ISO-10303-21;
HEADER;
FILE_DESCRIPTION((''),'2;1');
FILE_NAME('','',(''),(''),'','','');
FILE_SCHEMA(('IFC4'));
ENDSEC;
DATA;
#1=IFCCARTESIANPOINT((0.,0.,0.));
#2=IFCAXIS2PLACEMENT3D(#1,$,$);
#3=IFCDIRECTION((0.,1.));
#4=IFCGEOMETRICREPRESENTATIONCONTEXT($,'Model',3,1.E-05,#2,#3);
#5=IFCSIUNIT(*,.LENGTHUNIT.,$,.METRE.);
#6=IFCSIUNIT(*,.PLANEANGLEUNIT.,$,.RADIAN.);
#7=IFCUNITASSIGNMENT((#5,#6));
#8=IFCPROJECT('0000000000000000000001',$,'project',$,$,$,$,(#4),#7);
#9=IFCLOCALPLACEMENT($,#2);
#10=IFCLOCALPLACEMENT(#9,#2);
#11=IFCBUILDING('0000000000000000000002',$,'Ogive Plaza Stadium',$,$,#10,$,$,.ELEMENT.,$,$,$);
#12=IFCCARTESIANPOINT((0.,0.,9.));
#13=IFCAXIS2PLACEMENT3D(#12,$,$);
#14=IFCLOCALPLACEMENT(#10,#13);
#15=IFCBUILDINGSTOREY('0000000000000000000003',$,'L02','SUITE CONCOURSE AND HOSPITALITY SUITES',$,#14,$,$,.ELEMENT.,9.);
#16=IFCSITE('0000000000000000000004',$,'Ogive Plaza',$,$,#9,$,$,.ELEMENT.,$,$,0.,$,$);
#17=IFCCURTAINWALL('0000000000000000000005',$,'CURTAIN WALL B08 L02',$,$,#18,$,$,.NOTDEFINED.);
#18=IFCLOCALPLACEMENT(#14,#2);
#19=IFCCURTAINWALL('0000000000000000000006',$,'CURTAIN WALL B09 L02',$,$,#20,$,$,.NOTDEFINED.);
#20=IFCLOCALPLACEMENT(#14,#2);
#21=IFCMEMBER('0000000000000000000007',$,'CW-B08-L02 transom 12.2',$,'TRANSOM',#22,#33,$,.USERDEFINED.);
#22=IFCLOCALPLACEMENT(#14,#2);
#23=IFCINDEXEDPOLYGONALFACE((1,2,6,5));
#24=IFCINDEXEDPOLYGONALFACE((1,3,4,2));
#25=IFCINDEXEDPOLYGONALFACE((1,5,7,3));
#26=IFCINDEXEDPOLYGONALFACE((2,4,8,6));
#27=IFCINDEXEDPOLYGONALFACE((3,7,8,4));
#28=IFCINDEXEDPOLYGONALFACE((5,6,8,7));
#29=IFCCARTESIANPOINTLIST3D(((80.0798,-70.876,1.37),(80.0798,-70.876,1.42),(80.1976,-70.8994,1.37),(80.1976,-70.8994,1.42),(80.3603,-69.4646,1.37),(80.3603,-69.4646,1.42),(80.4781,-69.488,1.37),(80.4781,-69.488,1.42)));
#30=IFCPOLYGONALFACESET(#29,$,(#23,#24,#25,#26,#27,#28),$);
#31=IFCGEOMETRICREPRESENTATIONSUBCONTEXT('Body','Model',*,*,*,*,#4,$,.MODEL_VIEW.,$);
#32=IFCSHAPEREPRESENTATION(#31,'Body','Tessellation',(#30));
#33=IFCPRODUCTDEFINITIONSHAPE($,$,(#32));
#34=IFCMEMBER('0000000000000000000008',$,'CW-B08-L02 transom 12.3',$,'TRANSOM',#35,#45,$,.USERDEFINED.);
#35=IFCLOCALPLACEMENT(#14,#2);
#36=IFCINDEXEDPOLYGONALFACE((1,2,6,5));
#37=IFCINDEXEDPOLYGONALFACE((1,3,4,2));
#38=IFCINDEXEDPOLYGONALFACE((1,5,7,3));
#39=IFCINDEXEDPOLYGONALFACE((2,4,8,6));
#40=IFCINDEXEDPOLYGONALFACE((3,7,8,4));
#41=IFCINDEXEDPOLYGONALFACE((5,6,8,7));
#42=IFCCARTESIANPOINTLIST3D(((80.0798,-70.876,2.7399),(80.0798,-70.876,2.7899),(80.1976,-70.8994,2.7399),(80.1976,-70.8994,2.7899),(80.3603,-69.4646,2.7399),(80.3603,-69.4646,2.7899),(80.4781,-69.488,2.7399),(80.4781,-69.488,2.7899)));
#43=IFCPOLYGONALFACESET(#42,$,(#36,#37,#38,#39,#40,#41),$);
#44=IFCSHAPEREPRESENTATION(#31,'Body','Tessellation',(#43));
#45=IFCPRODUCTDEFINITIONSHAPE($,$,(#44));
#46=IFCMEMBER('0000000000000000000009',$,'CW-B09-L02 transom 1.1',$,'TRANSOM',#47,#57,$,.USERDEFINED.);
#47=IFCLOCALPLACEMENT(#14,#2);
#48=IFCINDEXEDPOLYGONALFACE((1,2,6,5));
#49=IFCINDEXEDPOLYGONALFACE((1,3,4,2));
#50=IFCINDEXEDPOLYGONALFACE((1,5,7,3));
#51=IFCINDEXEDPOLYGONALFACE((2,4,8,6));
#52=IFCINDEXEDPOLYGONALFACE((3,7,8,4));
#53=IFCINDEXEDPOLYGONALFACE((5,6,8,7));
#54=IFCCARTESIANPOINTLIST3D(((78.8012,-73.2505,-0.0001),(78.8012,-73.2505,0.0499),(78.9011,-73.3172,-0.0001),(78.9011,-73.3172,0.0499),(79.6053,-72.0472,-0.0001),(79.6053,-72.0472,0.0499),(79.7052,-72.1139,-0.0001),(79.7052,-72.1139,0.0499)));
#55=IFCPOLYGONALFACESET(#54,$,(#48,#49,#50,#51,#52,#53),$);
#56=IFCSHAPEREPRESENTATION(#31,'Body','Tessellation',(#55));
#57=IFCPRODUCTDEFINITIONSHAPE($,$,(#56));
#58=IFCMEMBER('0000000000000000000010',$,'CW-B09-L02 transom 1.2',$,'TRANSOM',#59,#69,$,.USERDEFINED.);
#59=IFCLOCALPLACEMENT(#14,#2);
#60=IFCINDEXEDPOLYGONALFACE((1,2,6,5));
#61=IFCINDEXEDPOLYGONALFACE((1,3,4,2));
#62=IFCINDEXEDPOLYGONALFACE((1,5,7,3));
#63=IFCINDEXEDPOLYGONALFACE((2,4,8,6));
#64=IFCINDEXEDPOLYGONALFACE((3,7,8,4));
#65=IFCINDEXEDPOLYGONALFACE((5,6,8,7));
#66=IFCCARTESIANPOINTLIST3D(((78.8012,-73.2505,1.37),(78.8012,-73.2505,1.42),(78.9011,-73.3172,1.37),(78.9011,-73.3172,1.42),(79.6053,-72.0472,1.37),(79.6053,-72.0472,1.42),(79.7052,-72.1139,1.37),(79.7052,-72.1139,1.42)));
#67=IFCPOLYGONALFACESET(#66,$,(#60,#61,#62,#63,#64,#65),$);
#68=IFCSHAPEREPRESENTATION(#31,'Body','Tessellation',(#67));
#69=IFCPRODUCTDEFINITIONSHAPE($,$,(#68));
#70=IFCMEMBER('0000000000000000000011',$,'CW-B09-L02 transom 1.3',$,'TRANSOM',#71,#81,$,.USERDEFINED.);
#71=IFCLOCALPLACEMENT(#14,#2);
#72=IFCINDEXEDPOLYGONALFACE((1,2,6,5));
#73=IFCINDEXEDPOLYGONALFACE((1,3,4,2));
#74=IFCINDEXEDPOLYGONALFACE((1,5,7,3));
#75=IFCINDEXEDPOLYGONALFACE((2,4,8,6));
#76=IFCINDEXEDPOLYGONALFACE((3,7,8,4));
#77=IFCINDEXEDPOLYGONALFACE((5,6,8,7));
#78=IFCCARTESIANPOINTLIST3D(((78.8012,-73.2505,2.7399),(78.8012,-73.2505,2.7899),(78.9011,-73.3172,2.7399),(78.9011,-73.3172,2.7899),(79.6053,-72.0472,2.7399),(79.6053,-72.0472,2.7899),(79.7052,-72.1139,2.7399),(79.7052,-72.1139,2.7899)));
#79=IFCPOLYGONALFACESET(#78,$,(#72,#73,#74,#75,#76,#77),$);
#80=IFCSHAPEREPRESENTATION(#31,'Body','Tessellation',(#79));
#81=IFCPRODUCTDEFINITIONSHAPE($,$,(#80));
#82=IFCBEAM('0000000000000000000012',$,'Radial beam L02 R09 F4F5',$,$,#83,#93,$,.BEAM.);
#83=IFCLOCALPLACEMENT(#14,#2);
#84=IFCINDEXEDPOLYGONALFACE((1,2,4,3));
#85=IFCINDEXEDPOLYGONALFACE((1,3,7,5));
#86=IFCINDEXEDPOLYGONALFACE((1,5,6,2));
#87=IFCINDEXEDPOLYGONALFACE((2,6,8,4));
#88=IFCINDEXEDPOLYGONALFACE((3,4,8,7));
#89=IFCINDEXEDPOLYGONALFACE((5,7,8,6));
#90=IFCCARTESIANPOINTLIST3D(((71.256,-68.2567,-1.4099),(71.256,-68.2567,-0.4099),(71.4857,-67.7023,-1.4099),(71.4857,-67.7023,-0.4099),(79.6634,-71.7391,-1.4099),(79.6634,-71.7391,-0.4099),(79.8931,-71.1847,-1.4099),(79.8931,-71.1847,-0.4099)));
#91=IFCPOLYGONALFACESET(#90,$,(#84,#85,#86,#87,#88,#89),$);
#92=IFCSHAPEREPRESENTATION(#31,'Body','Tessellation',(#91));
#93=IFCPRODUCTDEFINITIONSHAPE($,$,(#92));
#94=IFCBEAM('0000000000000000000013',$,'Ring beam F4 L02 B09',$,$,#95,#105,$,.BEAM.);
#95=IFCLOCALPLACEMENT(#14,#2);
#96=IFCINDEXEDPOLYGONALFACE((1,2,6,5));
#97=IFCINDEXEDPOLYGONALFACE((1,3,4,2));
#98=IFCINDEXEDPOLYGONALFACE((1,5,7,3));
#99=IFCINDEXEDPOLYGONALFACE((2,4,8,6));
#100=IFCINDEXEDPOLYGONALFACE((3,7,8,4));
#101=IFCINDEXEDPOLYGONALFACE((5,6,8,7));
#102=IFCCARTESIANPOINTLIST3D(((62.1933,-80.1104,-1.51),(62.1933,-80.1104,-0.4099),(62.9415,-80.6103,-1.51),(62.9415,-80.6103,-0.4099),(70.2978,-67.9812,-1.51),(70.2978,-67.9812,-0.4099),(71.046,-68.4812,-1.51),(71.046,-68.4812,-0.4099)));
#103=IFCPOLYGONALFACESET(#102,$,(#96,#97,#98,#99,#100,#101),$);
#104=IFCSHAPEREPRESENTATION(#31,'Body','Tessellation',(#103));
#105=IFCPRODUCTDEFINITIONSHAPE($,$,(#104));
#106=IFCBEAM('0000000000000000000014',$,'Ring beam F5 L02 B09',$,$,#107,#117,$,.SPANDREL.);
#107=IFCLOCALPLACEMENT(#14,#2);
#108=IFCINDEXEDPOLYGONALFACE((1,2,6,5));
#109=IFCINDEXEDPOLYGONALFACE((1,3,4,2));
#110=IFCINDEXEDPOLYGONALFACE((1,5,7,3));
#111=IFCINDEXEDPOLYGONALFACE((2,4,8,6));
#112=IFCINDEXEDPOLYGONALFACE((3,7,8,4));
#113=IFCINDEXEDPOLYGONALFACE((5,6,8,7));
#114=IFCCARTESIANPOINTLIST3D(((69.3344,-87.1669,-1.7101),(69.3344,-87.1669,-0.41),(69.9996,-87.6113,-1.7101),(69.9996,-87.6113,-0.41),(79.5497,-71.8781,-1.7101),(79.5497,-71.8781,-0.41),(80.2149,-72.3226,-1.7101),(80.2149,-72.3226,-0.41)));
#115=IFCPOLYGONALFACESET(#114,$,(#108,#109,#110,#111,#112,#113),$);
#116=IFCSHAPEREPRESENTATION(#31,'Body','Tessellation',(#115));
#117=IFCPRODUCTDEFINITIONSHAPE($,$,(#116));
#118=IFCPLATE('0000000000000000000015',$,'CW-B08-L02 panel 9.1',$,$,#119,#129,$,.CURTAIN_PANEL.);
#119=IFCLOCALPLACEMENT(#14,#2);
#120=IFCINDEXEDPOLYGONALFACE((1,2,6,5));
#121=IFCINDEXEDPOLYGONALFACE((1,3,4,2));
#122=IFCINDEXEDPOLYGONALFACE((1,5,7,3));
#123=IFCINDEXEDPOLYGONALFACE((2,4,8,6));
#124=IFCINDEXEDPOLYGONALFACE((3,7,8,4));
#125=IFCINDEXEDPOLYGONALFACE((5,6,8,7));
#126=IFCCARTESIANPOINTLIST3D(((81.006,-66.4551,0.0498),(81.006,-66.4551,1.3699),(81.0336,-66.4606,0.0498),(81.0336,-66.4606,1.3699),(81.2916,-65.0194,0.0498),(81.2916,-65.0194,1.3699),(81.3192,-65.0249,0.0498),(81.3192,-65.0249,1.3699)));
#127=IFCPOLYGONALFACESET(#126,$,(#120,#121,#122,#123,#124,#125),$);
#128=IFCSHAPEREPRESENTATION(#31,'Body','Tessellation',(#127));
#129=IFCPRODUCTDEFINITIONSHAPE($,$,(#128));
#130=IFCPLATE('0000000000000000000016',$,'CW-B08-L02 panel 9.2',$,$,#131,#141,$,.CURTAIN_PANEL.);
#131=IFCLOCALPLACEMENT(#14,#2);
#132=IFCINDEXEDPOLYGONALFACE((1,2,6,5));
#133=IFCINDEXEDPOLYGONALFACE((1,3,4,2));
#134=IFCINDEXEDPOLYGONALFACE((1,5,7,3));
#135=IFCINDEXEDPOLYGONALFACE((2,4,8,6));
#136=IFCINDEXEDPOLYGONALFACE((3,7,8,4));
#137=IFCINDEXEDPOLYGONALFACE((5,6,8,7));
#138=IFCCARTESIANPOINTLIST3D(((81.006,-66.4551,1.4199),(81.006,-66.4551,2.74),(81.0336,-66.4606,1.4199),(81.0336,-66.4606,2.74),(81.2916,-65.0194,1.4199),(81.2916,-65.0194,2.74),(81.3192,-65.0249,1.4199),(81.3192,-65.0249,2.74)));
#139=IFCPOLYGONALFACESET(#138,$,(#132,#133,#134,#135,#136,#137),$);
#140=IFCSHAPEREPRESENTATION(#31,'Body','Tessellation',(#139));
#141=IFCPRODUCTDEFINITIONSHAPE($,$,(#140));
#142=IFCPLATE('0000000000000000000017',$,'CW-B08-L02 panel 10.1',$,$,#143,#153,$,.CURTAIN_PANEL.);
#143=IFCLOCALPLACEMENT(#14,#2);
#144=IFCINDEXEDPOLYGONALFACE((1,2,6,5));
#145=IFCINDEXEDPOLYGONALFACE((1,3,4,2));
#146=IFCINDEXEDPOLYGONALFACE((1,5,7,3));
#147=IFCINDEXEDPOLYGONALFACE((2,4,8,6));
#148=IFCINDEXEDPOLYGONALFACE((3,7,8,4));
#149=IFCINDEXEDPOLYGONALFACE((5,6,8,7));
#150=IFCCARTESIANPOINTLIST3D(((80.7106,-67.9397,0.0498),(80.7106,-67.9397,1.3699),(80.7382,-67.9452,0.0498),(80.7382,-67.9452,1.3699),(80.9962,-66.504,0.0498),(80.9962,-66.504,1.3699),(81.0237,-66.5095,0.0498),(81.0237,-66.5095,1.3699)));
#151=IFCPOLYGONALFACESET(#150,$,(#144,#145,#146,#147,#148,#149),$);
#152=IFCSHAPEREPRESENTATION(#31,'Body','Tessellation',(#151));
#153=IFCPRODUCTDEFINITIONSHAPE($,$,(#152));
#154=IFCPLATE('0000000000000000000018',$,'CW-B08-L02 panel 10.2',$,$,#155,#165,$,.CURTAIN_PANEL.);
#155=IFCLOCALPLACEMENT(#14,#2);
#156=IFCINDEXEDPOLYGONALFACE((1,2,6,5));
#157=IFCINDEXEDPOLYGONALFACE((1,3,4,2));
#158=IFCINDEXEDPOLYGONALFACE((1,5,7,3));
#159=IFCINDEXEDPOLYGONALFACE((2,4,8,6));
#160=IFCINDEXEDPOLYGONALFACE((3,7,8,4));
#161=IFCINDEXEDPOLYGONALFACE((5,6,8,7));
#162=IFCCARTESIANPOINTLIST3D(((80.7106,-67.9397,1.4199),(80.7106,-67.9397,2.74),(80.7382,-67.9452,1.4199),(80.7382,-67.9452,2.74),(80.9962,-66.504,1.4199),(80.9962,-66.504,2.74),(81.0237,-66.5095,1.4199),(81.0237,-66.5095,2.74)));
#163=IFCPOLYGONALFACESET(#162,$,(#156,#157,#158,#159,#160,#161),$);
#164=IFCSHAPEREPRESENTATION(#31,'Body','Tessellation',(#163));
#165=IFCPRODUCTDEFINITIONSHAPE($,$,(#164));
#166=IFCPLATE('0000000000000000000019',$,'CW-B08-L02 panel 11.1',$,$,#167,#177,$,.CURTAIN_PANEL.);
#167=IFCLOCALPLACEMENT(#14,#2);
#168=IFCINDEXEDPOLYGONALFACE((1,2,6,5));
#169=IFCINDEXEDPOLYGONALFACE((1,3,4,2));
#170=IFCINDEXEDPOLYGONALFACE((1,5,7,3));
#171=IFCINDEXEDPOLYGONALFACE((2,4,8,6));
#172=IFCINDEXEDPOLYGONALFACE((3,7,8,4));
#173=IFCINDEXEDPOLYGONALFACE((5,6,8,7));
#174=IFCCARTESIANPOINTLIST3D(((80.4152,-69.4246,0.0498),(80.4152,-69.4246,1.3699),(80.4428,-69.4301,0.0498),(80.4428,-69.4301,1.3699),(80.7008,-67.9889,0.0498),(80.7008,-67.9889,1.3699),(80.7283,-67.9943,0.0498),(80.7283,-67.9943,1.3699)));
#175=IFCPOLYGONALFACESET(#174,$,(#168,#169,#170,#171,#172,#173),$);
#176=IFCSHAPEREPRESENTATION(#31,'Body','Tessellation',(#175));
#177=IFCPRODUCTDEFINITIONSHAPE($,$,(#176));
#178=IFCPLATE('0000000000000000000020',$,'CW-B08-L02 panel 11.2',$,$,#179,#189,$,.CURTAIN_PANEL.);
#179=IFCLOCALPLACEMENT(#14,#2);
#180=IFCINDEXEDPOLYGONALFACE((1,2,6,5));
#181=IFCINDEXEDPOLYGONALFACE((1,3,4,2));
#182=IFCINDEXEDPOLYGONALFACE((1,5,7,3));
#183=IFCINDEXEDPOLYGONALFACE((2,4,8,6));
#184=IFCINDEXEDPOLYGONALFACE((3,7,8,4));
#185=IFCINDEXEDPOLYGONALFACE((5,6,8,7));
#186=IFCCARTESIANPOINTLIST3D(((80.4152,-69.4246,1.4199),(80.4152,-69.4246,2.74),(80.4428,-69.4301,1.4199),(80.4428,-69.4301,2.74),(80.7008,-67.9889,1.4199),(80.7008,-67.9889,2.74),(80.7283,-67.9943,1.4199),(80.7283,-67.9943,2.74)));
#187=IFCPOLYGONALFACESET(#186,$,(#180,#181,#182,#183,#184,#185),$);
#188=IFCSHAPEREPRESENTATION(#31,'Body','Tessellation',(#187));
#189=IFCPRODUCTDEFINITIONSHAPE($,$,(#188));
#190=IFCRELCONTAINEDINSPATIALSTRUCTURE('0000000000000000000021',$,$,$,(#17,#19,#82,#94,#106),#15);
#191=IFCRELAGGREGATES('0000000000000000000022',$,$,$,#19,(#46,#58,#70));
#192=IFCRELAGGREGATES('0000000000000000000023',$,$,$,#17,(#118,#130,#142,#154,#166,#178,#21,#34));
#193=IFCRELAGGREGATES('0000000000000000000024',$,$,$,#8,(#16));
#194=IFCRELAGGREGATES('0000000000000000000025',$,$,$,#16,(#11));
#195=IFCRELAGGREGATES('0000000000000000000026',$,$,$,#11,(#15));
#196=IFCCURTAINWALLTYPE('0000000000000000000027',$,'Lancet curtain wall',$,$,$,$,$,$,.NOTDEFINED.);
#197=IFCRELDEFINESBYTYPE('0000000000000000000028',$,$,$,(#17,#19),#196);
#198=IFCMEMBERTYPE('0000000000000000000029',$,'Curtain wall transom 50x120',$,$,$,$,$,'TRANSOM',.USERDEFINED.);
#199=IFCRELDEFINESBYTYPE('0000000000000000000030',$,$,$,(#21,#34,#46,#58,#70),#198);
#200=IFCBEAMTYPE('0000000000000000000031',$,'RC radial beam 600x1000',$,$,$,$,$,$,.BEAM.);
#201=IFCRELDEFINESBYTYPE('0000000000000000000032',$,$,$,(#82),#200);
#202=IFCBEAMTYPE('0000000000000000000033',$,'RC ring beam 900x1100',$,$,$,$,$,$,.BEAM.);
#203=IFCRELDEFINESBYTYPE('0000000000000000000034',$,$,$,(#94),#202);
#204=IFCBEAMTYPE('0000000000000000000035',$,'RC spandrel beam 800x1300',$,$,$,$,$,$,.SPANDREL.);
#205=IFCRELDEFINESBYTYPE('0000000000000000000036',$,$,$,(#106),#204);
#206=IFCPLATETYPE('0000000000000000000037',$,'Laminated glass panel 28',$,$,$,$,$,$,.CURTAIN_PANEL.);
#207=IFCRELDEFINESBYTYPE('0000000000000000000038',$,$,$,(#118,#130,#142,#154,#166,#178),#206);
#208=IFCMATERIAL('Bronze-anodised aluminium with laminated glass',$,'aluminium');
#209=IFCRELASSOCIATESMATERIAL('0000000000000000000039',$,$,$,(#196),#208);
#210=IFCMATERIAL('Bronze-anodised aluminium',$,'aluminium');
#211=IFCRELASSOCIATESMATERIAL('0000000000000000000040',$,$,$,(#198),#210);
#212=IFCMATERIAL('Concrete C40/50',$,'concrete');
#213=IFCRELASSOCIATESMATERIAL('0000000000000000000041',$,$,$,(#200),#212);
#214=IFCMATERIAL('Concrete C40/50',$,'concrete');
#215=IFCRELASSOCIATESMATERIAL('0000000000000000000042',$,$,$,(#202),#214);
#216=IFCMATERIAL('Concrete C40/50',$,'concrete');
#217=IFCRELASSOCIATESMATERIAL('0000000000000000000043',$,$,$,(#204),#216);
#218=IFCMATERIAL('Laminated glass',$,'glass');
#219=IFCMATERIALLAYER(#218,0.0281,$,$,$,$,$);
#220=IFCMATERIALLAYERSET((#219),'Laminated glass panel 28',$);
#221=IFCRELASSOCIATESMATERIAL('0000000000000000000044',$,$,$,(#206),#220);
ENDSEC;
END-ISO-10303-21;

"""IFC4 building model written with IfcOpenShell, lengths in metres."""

from ifc_helpers import new_model, si_unit, direction, frame, origin, origin_2d, place, context, subcontext, project, spatial, rectangle, extrude, material, layer, layer_set, material_profile, profile_set, type_object, element, aggregate, save


model = new_model("IFC4")

# Units and contexts
model_context = context("Model", 3, precision=1e-05, world=origin(), true_north=direction((0.0, 1.0)))
body_context = subcontext(model_context, "Body", "Model", "MODEL_VIEW")
ifc_project = project(units=[si_unit("LENGTHUNIT", "METRE"), si_unit("PLANEANGLEUNIT", "RADIAN")], contexts=[model_context])

# Site, building, storey
site_placement = place(None, origin())
site = spatial("IfcSite", under=ifc_project, at=site_placement, Name="Ogive Plaza", CompositionType="ELEMENT", RefElevation=0.0)
building_placement = place(site_placement, origin())
building = spatial("IfcBuilding", under=site, at=building_placement, Name="Ogive Plaza Stadium", CompositionType="ELEMENT")
storey_placement = place(building_placement, frame((0.0, 0.0, 9.0)))
storey = spatial("IfcBuildingStorey", under=building, at=storey_placement, Name="L02", Description="SUITE CONCOURSE AND HOSPITALITY SUITES", CompositionType="ELEMENT", Elevation=9.0)

# Curtain wall
ifc_material_1 = material(Name="Bronze-anodised aluminium with laminated glass", Category="aluminium")
curtain_wall_type = type_object("IfcCurtainWallType", Name="Lancet curtain wall", PredefinedType="NOTDEFINED", material=ifc_material_1)
curtain_wall_1_placement = place(storey_placement, origin())
curtain_wall_1 = element("IfcCurtainWall", 1, at=curtain_wall_1_placement, inside=storey, type_object=curtain_wall_type, Name="CURTAIN WALL B08 L02", PredefinedType="NOTDEFINED")

# Curtain wall
curtain_wall_2_placement = place(storey_placement, origin())
curtain_wall_2 = element("IfcCurtainWall", 2, at=curtain_wall_2_placement, inside=storey, type_object=curtain_wall_type, Name="CURTAIN WALL B09 L02", PredefinedType="NOTDEFINED")

# Members
ifc_material_2 = material(Name="Bronze-anodised aluminium", Category="aluminium")
ifc_material_profile_1 = material_profile(ifc_material_2, rectangle(XDim=0.1201, YDim=0.05, at=origin_2d()), Name="AL 120x50")
ifc_profile_set_1 = profile_set([ifc_material_profile_1], Name="Bronze-anodised aluminium")
member_type_1 = type_object("IfcMemberType", Name="Curtain wall transom 50x120", ElementType="TRANSOM", PredefinedType="USERDEFINED", material=ifc_profile_set_1)
member_1_placement = place(storey_placement, frame((80.4192, -69.4763, 1.395), z_axis=(-0.194941, -0.980815, 0.0), x_axis=(0.980815, -0.194941, 0.0)))
member_1 = element("IfcMember", 3, at=member_1_placement, type_object=member_type_1, Name="CW-B08-L02 transom 12.2", ObjectType="TRANSOM", PredefinedType="USERDEFINED", context=body_context, shape_type="SweptSolid", body=[
    extrude(rectangle(XDim=0.1201, YDim=0.05, at=origin_2d()), origin(), (0.0, 0.0, 1.0), 1.439),
])
member_2_placement = place(storey_placement, frame((80.4192, -69.4763, 2.7649), z_axis=(-0.194941, -0.980815, 0.0), x_axis=(0.980815, -0.194941, 0.0)))
member_2 = element("IfcMember", 4, at=member_2_placement, type_object=member_type_1, Name="CW-B08-L02 transom 12.3", ObjectType="TRANSOM", PredefinedType="USERDEFINED", context=body_context, shape_type="SweptSolid", body=[
    extrude(rectangle(XDim=0.1201, YDim=0.05, at=origin_2d()), origin(), (0.0, 0.0, 1.0), 1.439),
])
member_3_placement = place(storey_placement, frame((79.6553, -72.0806, 0.0249), z_axis=(-0.555634, -0.831427, 0.0), x_axis=(0.831427, -0.555634, 0.0)))
member_3 = element("IfcMember", 5, at=member_3_placement, type_object=member_type_1, Name="CW-B09-L02 transom 1.1", ObjectType="TRANSOM", PredefinedType="USERDEFINED", context=body_context, shape_type="SweptSolid", body=[
    extrude(rectangle(XDim=0.1201, YDim=0.05, at=origin_2d()), origin(), (0.0, 0.0, 1.0), 1.4473),
])
member_4_placement = place(storey_placement, frame((79.6553, -72.0806, 1.395), z_axis=(-0.555634, -0.831427, 0.0), x_axis=(0.831427, -0.555634, 0.0)))
member_4 = element("IfcMember", 6, at=member_4_placement, type_object=member_type_1, Name="CW-B09-L02 transom 1.2", ObjectType="TRANSOM", PredefinedType="USERDEFINED", context=body_context, shape_type="SweptSolid", body=[
    extrude(rectangle(XDim=0.1201, YDim=0.05, at=origin_2d()), origin(), (0.0, 0.0, 1.0), 1.4473),
])
member_5_placement = place(storey_placement, frame((79.6553, -72.0806, 2.7649), z_axis=(-0.555634, -0.831427, 0.0), x_axis=(0.831427, -0.555634, 0.0)))
member_5 = element("IfcMember", 7, at=member_5_placement, type_object=member_type_1, Name="CW-B09-L02 transom 1.3", ObjectType="TRANSOM", PredefinedType="USERDEFINED", context=body_context, shape_type="SweptSolid", body=[
    extrude(rectangle(XDim=0.1201, YDim=0.05, at=origin_2d()), origin(), (0.0, 0.0, 1.0), 1.4473),
])
aggregate(curtain_wall_2, [member_3, member_4, member_5])

# Beams
ifc_material_3 = material(Name="Concrete C40/50", Category="concrete")
ifc_material_profile_2 = material_profile(ifc_material_3, rectangle(XDim=0.6001, YDim=1.0, at=origin_2d()), Name="RC 600x1000")
ifc_profile_set_2 = profile_set([ifc_material_profile_2], Name="Concrete C40/50")
beam_type_1 = type_object("IfcBeamType", Name="RC radial beam 600x1000", PredefinedType="BEAM", material=ifc_profile_set_2)
beam_1_placement = place(storey_placement, frame((71.3708, -67.9795, -0.9099), z_axis=(0.923882, -0.382677, 0.0), x_axis=(0.382677, 0.923882, 0.0)))
element("IfcBeam", 8, at=beam_1_placement, inside=storey, type_object=beam_type_1, Name="Radial beam L02 R09 F4F5", PredefinedType="BEAM", context=body_context, shape_type="SweptSolid", body=[
    extrude(rectangle(XDim=0.6001, YDim=1.0, at=origin_2d()), origin(), (0.0, 0.0, 1.0), 9.1001),
])
ifc_material_4 = material(Name="Concrete C40/50", Category="concrete")
ifc_material_profile_3 = material_profile(ifc_material_4, rectangle(XDim=0.8999, YDim=1.1001, at=origin_2d()), Name="RC 900x1100")
ifc_profile_set_3 = profile_set([ifc_material_profile_3], Name="Concrete C40/50")
beam_type_2 = type_object("IfcBeamType", Name="RC ring beam 900x1100", PredefinedType="BEAM", material=ifc_profile_set_3)
beam_2_placement = place(storey_placement, frame((70.6719, -68.2312, -0.96), z_axis=(-0.555573, -0.831468, 0.0), x_axis=(0.831468, -0.555573, 0.0)))
element("IfcBeam", 9, at=beam_2_placement, inside=storey, type_object=beam_type_2, Name="Ring beam F4 L02 B09", PredefinedType="BEAM", context=body_context, shape_type="SweptSolid", body=[
    extrude(rectangle(XDim=0.8999, YDim=1.1001, at=origin_2d()), origin(), (0.0, 0.0, 1.0), 14.5876),
])
ifc_material_5 = material(Name="Concrete C40/50", Category="concrete")
ifc_material_profile_4 = material_profile(ifc_material_5, rectangle(XDim=0.8, YDim=1.3, at=origin_2d()), Name="RC 800x1300")
ifc_profile_set_4 = profile_set([ifc_material_profile_4], Name="Concrete C40/50")
beam_type_3 = type_object("IfcBeamType", Name="RC spandrel beam 800x1300", PredefinedType="SPANDREL", material=ifc_profile_set_4)
beam_3_placement = place(storey_placement, frame((79.8823, -72.1003, -1.0601), z_axis=(-0.555558, -0.831478, 0.0), x_axis=(0.831478, -0.555558, 0.0)))
element("IfcBeam", 10, at=beam_3_placement, inside=storey, type_object=beam_type_3, Name="Ring beam F5 L02 B09", PredefinedType="SPANDREL", context=body_context, shape_type="SweptSolid", body=[
    extrude(rectangle(XDim=0.8, YDim=1.3, at=origin_2d()), origin(), (0.0, 0.0, 1.0), 18.3875),
])

# Plates
ifc_material_6 = material(Name="Laminated glass", Category="glass")
ifc_layer = layer(ifc_material_6, 0.0281)
ifc_layer_set = layer_set([ifc_layer], Name="Laminated glass panel 28")
plate_type = type_object("IfcPlateType", Name="Laminated glass panel 28", PredefinedType="CURTAIN_PANEL", material=ifc_layer_set)
plate_1_placement = place(storey_placement, frame((81.1626, -65.74, 0.0498), z_axis=(0.0, 0.0, 1.0), x_axis=(-0.19509, -0.980785, 0.0)))
plate_1 = element("IfcPlate", 11, at=plate_1_placement, type_object=plate_type, Name="CW-B08-L02 panel 9.1", PredefinedType="CURTAIN_PANEL", context=body_context, shape_type="SweptSolid", body=[
    extrude(rectangle(XDim=1.4639, YDim=0.0281, at=origin_2d()), origin(), (0.0, 0.0, 1.0), 1.3201),
])
plate_2_placement = place(storey_placement, frame((81.1626, -65.74, 1.4199), z_axis=(0.0, 0.0, 1.0), x_axis=(-0.19509, -0.980785, 0.0)))
plate_2 = element("IfcPlate", 12, at=plate_2_placement, type_object=plate_type, Name="CW-B08-L02 panel 9.2", PredefinedType="CURTAIN_PANEL", context=body_context, shape_type="SweptSolid", body=[
    extrude(rectangle(XDim=1.4639, YDim=0.0281, at=origin_2d()), origin(), (0.0, 0.0, 1.0), 1.3201),
])
plate_3_placement = place(storey_placement, frame((80.8672, -67.2246, 0.0498), z_axis=(0.0, 0.0, 1.0), x_axis=(-0.19509, -0.980785, 0.0)))
plate_3 = element("IfcPlate", 13, at=plate_3_placement, type_object=plate_type, Name="CW-B08-L02 panel 10.1", PredefinedType="CURTAIN_PANEL", context=body_context, shape_type="SweptSolid", body=[
    extrude(rectangle(XDim=1.4639, YDim=0.0281, at=origin_2d()), origin(), (0.0, 0.0, 1.0), 1.3201),
])
plate_4_placement = place(storey_placement, frame((80.8672, -67.2246, 1.4199), z_axis=(0.0, 0.0, 1.0), x_axis=(-0.19509, -0.980785, 0.0)))
plate_4 = element("IfcPlate", 14, at=plate_4_placement, type_object=plate_type, Name="CW-B08-L02 panel 10.2", PredefinedType="CURTAIN_PANEL", context=body_context, shape_type="SweptSolid", body=[
    extrude(rectangle(XDim=1.4639, YDim=0.0281, at=origin_2d()), origin(), (0.0, 0.0, 1.0), 1.3201),
])
plate_5_placement = place(storey_placement, frame((80.5718, -68.7095, 0.0498), z_axis=(0.0, 0.0, 1.0), x_axis=(-0.19509, -0.980785, 0.0)))
plate_5 = element("IfcPlate", 15, at=plate_5_placement, type_object=plate_type, Name="CW-B08-L02 panel 11.1", PredefinedType="CURTAIN_PANEL", context=body_context, shape_type="SweptSolid", body=[
    extrude(rectangle(XDim=1.4639, YDim=0.0281, at=origin_2d()), origin(), (0.0, 0.0, 1.0), 1.3201),
])
plate_6_placement = place(storey_placement, frame((80.5718, -68.7095, 1.4199), z_axis=(0.0, 0.0, 1.0), x_axis=(-0.19509, -0.980785, 0.0)))
plate_6 = element("IfcPlate", 16, at=plate_6_placement, type_object=plate_type, Name="CW-B08-L02 panel 11.2", PredefinedType="CURTAIN_PANEL", context=body_context, shape_type="SweptSolid", body=[
    extrude(rectangle(XDim=1.4639, YDim=0.0281, at=origin_2d()), origin(), (0.0, 0.0, 1.0), 1.3201),
])
aggregate(curtain_wall_1, [plate_1, plate_2, plate_3, plate_4, plate_5, plate_6, member_1, member_2])

save(model, "model.ifc")
